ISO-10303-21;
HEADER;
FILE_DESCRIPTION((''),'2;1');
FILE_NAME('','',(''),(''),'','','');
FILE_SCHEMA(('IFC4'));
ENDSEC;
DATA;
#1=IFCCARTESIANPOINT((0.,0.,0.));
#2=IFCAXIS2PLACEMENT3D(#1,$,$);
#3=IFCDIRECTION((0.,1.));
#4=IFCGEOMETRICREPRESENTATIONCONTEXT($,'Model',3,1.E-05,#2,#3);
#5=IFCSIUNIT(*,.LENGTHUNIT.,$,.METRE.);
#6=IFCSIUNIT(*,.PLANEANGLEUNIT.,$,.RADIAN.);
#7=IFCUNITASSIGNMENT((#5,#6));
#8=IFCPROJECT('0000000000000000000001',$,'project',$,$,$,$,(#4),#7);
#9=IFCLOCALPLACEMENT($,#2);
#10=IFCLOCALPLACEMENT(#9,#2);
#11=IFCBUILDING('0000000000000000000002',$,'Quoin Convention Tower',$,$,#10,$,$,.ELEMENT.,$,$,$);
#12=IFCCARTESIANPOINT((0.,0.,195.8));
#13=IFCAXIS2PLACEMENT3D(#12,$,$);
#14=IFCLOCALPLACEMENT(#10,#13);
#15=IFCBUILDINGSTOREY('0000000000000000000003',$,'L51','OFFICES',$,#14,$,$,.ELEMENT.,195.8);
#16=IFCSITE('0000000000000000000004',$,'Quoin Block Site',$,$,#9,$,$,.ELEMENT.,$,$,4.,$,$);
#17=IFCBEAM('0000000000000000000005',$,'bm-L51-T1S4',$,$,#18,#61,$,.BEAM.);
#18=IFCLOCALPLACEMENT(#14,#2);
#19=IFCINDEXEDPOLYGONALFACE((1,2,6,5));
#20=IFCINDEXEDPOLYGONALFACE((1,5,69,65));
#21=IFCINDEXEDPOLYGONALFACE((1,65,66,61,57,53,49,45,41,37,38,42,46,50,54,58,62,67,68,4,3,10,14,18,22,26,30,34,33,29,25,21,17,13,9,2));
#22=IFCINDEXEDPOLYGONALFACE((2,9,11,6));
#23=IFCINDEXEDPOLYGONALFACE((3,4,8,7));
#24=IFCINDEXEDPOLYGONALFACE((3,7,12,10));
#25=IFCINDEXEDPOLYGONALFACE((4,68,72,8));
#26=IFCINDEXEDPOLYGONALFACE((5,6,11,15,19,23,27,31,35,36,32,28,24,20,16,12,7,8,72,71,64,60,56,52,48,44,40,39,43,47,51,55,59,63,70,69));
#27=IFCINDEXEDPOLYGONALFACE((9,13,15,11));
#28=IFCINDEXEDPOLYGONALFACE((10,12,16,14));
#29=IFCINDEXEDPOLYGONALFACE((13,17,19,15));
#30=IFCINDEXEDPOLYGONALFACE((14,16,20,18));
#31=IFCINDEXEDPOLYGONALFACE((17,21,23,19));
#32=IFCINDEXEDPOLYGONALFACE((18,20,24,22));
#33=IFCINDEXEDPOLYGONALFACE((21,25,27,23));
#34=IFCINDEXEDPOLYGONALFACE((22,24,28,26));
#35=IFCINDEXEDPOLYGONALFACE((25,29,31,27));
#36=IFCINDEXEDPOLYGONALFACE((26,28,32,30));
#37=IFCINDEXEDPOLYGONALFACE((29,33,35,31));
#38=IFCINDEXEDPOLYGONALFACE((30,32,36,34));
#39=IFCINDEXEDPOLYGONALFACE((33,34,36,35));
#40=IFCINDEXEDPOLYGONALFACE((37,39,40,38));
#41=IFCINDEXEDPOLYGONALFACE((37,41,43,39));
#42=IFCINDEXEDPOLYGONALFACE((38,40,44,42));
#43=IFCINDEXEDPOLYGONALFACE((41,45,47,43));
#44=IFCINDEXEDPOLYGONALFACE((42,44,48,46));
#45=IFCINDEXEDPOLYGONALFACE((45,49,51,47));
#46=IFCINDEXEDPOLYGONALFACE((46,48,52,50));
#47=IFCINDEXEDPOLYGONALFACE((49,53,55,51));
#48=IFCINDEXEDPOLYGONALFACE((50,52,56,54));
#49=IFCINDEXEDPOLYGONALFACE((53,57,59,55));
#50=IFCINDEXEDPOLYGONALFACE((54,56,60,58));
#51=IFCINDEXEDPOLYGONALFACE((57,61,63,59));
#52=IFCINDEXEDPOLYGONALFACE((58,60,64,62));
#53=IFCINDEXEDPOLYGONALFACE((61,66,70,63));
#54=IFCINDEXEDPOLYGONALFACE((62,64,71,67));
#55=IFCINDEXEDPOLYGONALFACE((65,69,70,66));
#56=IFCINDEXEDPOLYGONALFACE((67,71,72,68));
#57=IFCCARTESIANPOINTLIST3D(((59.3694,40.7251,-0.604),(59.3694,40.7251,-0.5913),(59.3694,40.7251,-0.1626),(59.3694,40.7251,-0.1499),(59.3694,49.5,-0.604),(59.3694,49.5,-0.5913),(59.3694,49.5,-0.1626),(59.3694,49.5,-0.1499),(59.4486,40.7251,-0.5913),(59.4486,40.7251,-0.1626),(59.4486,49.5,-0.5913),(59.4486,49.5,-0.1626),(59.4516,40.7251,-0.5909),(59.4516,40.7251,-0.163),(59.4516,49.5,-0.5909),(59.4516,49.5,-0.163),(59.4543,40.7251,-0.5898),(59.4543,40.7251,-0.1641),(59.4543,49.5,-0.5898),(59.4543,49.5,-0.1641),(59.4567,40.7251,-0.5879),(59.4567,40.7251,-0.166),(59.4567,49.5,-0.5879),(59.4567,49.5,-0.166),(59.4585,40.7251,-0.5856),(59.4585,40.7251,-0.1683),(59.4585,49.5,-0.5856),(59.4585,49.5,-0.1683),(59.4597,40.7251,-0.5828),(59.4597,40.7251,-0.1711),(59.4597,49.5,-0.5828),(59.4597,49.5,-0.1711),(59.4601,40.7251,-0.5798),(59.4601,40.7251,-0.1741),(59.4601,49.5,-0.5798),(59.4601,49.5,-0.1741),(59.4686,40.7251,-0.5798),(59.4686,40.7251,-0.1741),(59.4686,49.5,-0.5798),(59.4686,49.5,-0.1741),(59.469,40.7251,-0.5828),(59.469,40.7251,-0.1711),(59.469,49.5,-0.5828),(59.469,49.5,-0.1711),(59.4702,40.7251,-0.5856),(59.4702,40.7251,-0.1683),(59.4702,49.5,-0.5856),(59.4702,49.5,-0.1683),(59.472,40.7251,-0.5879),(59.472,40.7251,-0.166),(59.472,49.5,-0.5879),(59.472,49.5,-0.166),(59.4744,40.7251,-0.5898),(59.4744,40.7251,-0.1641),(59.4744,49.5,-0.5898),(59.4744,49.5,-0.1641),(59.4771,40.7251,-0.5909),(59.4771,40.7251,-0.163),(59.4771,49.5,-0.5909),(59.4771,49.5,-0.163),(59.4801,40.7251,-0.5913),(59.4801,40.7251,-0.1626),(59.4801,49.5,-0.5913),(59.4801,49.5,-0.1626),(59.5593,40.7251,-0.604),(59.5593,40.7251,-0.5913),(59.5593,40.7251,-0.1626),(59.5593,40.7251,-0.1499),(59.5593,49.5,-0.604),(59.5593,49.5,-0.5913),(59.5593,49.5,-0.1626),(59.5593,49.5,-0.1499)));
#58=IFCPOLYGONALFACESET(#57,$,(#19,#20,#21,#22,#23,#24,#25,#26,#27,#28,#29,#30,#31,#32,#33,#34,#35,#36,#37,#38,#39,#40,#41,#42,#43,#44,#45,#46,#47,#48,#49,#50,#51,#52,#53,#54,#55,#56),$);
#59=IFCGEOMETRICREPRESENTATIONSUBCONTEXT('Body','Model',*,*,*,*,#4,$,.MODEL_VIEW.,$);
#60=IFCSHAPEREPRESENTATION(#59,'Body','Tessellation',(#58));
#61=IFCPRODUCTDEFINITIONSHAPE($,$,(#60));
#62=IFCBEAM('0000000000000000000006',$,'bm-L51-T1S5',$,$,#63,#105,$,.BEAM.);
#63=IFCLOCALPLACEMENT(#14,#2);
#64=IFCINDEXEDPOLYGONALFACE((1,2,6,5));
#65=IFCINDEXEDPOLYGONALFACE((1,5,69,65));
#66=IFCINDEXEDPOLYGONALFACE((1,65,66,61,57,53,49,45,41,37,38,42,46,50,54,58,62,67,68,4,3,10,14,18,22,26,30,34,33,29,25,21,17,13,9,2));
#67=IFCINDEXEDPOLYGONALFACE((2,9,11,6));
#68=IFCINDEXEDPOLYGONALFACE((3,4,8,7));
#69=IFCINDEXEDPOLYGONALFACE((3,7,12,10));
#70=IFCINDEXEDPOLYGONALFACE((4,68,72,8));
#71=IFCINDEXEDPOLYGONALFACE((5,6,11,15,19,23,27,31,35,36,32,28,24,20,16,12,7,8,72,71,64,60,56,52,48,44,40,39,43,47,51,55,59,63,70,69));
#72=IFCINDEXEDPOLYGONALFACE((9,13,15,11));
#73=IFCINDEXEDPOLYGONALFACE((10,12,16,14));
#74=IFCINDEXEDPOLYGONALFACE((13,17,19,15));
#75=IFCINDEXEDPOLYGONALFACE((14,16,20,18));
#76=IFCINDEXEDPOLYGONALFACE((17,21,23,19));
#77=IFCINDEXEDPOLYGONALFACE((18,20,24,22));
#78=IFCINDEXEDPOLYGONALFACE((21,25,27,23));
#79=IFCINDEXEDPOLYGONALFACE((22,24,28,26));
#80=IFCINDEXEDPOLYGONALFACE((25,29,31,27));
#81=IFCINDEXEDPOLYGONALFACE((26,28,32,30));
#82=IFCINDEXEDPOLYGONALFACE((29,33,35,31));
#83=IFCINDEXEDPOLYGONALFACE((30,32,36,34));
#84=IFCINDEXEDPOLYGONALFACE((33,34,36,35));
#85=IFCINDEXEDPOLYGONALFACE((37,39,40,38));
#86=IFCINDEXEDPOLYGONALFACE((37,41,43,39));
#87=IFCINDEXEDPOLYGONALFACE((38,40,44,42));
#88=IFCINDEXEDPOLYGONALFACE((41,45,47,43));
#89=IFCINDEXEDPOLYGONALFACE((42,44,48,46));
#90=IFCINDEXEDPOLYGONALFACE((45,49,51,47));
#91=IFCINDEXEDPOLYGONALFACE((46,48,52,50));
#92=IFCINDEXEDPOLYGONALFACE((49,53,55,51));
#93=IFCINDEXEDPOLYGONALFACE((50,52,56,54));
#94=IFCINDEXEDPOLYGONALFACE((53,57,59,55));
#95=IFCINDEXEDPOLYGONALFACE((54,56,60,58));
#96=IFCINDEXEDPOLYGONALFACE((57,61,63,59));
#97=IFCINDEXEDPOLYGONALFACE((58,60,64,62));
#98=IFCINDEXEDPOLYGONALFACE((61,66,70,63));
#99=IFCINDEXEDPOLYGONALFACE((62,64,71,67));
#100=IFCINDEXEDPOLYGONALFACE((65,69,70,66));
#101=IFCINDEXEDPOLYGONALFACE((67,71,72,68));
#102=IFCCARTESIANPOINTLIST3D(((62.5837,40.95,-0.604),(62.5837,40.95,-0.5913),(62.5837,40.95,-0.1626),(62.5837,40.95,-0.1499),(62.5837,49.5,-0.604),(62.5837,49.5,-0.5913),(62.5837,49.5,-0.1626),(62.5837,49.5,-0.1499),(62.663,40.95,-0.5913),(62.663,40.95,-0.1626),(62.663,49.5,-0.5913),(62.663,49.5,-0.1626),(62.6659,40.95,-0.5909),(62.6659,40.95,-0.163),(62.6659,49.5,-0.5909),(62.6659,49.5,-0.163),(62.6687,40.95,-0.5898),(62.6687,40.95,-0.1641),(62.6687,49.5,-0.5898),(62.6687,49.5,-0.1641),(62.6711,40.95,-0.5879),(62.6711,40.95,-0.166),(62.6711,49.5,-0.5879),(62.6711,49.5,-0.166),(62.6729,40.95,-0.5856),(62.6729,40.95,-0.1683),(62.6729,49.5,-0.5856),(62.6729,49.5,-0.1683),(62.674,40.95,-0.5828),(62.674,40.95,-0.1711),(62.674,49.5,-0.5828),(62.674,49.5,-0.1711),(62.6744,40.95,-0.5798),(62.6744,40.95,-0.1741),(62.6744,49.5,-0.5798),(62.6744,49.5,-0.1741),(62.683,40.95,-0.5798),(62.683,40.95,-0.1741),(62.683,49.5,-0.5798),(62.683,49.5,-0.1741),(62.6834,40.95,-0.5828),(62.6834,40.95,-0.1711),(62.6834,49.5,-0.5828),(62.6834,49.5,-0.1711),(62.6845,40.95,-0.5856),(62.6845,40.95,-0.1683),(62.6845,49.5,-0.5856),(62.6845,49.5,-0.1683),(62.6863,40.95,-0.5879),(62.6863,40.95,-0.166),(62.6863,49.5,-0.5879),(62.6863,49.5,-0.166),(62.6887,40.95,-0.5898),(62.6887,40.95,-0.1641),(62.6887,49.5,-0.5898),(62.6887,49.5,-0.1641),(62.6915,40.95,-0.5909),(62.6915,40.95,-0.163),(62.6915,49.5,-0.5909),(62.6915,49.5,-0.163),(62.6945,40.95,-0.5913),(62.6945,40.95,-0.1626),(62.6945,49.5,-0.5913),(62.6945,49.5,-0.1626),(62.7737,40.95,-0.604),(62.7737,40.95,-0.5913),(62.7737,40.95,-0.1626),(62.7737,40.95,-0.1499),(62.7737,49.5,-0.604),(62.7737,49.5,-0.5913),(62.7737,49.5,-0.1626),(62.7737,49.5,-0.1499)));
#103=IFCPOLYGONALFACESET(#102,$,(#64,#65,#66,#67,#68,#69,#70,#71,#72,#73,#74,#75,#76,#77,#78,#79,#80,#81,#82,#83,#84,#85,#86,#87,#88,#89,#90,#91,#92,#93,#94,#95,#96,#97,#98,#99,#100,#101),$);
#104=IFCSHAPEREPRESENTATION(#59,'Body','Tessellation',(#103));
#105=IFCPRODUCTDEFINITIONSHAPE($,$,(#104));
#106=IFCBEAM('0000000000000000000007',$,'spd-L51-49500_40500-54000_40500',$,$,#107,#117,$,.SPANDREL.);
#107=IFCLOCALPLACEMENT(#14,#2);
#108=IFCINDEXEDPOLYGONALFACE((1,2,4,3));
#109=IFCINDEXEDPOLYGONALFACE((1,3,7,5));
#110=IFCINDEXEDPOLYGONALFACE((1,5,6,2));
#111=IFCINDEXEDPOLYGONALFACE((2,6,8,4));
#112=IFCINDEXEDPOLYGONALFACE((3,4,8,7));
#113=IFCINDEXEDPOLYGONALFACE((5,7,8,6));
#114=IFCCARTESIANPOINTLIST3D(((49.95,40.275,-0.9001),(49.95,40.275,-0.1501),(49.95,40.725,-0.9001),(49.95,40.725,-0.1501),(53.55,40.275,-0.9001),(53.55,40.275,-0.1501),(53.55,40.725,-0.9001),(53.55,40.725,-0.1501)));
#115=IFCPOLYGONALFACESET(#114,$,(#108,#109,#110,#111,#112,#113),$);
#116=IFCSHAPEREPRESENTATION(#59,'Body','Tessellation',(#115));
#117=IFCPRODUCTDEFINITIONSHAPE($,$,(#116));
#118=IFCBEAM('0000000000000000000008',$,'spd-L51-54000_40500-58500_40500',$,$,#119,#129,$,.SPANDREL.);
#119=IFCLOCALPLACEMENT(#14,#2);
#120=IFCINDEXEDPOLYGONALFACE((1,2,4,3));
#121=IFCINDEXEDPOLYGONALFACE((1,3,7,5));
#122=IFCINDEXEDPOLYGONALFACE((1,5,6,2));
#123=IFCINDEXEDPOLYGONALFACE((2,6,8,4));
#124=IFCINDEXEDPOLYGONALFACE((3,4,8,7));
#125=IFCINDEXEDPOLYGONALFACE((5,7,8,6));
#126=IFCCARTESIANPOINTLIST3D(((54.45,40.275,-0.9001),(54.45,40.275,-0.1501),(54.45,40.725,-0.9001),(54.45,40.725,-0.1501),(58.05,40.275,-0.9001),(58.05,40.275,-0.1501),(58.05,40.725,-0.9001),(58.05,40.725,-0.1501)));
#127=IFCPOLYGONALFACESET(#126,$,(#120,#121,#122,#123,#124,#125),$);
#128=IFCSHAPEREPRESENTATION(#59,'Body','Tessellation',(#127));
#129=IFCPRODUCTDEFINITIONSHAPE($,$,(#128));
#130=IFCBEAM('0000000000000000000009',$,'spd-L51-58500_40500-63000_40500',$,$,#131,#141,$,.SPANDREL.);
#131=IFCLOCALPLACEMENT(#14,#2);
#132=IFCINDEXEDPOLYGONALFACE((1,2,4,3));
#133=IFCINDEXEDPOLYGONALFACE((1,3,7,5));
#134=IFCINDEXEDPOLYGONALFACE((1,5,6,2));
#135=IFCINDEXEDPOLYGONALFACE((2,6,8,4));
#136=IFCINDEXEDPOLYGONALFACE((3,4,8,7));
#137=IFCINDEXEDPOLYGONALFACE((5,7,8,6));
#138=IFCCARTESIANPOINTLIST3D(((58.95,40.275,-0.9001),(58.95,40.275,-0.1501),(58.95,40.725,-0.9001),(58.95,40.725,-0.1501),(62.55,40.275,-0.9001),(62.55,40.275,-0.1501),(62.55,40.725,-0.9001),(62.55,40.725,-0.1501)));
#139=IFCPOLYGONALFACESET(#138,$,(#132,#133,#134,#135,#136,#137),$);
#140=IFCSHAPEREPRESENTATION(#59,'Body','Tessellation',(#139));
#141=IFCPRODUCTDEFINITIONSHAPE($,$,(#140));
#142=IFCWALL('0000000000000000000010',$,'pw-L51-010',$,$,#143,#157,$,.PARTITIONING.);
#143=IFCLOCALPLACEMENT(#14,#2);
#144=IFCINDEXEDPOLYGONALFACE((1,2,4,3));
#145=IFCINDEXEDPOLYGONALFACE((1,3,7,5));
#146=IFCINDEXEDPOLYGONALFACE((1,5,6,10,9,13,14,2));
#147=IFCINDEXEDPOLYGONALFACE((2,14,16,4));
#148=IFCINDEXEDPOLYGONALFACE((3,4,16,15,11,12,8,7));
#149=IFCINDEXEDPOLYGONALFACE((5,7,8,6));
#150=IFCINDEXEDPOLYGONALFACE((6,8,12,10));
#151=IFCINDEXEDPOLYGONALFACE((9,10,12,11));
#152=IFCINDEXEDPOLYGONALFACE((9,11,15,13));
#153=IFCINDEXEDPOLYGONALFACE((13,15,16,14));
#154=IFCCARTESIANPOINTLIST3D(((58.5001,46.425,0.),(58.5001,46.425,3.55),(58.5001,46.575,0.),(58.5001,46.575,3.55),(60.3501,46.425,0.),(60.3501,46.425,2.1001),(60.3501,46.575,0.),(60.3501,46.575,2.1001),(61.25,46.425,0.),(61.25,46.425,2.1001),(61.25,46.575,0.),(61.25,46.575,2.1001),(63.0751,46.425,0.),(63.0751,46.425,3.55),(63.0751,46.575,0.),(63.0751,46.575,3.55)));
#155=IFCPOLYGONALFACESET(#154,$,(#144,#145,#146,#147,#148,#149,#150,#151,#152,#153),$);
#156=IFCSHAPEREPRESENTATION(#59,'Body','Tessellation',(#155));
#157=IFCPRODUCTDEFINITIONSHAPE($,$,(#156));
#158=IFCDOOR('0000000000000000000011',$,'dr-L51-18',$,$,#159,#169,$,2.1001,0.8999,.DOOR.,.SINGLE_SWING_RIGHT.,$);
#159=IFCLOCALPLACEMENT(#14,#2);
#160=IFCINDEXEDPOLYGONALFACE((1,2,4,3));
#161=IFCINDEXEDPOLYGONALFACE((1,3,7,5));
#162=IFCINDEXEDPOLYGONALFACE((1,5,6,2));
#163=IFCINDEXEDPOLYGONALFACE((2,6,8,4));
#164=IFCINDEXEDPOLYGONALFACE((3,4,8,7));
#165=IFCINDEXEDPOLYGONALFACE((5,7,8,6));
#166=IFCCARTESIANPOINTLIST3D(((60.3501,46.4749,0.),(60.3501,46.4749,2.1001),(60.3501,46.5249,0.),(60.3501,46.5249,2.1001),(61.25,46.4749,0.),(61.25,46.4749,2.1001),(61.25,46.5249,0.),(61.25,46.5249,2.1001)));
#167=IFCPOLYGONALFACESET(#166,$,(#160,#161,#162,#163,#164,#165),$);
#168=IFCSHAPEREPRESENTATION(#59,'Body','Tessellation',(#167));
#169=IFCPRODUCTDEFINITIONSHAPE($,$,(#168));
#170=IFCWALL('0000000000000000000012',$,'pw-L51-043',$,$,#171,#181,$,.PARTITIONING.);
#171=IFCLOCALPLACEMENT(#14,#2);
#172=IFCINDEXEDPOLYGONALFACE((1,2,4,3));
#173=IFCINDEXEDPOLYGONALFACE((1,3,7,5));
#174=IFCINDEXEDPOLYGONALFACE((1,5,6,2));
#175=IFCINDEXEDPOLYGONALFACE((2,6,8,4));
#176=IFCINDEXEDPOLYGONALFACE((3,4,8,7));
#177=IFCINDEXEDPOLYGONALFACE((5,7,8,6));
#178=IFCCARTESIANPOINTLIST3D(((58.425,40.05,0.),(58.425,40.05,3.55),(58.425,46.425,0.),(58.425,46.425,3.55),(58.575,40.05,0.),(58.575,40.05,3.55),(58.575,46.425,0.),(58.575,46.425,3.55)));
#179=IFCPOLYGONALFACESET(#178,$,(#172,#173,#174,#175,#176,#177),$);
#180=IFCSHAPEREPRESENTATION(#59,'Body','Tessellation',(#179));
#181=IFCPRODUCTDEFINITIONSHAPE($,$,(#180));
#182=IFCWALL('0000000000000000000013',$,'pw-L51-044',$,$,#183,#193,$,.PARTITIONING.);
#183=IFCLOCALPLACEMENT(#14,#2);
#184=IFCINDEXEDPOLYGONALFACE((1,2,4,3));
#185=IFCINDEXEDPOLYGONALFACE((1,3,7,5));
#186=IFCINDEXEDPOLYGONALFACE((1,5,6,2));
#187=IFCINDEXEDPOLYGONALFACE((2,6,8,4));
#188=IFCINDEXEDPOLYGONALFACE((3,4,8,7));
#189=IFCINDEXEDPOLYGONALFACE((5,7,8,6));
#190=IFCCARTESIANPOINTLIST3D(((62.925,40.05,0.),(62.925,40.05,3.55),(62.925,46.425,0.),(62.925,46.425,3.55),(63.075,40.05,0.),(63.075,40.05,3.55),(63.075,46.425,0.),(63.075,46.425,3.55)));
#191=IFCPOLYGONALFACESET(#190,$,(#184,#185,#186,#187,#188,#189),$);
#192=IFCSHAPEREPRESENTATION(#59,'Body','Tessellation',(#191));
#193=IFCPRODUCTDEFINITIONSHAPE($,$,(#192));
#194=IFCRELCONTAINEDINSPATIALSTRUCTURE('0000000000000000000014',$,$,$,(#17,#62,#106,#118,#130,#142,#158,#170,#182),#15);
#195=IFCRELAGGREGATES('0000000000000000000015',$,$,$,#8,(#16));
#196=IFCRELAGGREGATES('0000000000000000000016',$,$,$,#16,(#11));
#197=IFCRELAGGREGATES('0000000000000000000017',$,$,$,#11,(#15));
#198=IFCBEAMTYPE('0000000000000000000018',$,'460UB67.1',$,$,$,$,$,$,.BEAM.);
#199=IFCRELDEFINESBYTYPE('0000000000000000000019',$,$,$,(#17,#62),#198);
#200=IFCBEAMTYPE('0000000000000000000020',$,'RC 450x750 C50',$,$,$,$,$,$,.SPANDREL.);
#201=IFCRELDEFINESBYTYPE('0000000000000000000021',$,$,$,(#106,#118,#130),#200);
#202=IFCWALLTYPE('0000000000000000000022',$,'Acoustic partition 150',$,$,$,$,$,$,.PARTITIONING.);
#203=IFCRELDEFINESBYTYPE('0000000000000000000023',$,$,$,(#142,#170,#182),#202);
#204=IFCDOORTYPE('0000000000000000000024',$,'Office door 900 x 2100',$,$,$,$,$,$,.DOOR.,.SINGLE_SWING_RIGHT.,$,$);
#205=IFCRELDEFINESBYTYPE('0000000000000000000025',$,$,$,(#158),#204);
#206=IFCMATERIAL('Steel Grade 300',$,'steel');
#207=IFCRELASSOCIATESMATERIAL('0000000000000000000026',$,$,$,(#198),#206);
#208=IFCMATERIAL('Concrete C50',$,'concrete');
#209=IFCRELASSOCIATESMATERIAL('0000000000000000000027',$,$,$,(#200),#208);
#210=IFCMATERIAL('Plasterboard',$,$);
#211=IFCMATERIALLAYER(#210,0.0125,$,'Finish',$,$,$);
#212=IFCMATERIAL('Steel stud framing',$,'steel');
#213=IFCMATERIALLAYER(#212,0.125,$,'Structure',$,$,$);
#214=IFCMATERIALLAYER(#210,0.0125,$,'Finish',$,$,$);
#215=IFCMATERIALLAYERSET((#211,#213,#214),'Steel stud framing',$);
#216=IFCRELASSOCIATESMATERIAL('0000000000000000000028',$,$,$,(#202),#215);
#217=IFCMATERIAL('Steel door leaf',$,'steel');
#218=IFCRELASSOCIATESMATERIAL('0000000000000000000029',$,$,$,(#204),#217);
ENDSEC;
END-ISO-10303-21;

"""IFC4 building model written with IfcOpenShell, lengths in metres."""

from ifc_helpers import new_model, si_unit, direction, frame, frame_2d, origin, origin_2d, place, context, subcontext, project, spatial, rectangle, i_section, extrude, material, layer, layer_set, material_profile, profile_set, type_object, element, fill, save


model = new_model("IFC4")

# Units and contexts
model_context = context("Model", 3, precision=1e-05, world=origin(), true_north=direction((0.0, 1.0)))
body_context = subcontext(model_context, "Body", "Model", "MODEL_VIEW")
ifc_project = project(units=[si_unit("LENGTHUNIT", "METRE"), si_unit("PLANEANGLEUNIT", "RADIAN")], contexts=[model_context])

# Site, building, storey
site_placement = place(None, origin())
site = spatial("IfcSite", under=ifc_project, at=site_placement, Name="Quoin Block Site", CompositionType="ELEMENT", RefElevation=4.0)
building_placement = place(site_placement, origin())
building = spatial("IfcBuilding", under=site, at=building_placement, Name="Quoin Convention Tower", CompositionType="ELEMENT")
storey_placement = place(building_placement, frame((0.0, 0.0, 195.8)))
storey = spatial("IfcBuildingStorey", under=building, at=storey_placement, Name="L51", Description="OFFICES", CompositionType="ELEMENT", Elevation=195.8)

# Shared definitions
ifc_material_1 = material(Name="Concrete C50", Category="concrete")

# Beams
ifc_material_2 = material(Name="Steel Grade 300", Category="steel")
ifc_material_profile_1 = material_profile(ifc_material_2, i_section(OverallWidth=0.1899, OverallDepth=0.4541, WebThickness=0.0085, FlangeThickness=0.0127, FilletRadius=0.0115, at=origin_2d()), Name="460UB67.1")
ifc_profile_set_1 = profile_set([ifc_material_profile_1], Name="Steel Grade 300")
beam_type_1 = type_object("IfcBeamType", Name="460UB67.1", PredefinedType="BEAM", material=ifc_profile_set_1)
for number, where, z_axis, x_axis, name in (
    (1, (59.4644, 40.7251, -0.377), (0.0, 1.0, 0.0), (-1.0, 0.0, 0.0), "bm-L51-T1S4"),
):
    element("IfcBeam", number, at=place(storey_placement, frame(where, z_axis=z_axis, x_axis=x_axis)), inside=storey, type_object=beam_type_1, Name=name, PredefinedType="BEAM", context=body_context, shape_type="SweptSolid", body=[
        extrude(i_section(OverallWidth=0.1899, OverallDepth=0.4541, WebThickness=0.0085, FlangeThickness=0.0127, FilletRadius=0.0115, at=origin_2d()), origin(), (0.0, 0.0, 1.0), 8.7749),
    ])
beam_1_placement = place(storey_placement, frame((62.6787, 40.95, -0.377), z_axis=(0.0, 1.0, 0.0), x_axis=(-1.0, 0.0, 0.0)))
element("IfcBeam", 2, at=beam_1_placement, inside=storey, type_object=beam_type_1, Name="bm-L51-T1S5", PredefinedType="BEAM", context=body_context, shape_type="SweptSolid", body=[
    extrude(i_section(OverallWidth=0.1899, OverallDepth=0.4541, WebThickness=0.0085, FlangeThickness=0.0127, FilletRadius=0.0115, at=origin_2d()), origin(), (0.0, 0.0, 1.0), 8.55),
])
ifc_material_profile_2 = material_profile(ifc_material_1, rectangle(XDim=0.45, YDim=0.75, at=origin_2d()), Name="RC 450x750")
ifc_profile_set_2 = profile_set([ifc_material_profile_2], Name="Concrete C50")
beam_type_2 = type_object("IfcBeamType", Name="RC 450x750 C50", PredefinedType="SPANDREL", material=ifc_profile_set_2)
for number, where, z_axis, x_axis, name in (
    (3, (49.95, 40.5, -0.5251), (1.0, 0.0, 0.0), (0.0, 1.0, 0.0), "spd-L51-49500_40500-54000_40500"),
    (4, (54.45, 40.5, -0.5251), (1.0, 0.0, 0.0), (0.0, 1.0, 0.0), "spd-L51-54000_40500-58500_40500"),
    (5, (58.95, 40.5, -0.5251), (1.0, 0.0, 0.0), (0.0, 1.0, 0.0), "spd-L51-58500_40500-63000_40500"),
):
    element("IfcBeam", number, at=place(storey_placement, frame(where, z_axis=z_axis, x_axis=x_axis)), inside=storey, type_object=beam_type_2, Name=name, PredefinedType="SPANDREL", context=body_context, shape_type="SweptSolid", body=[
        extrude(rectangle(XDim=0.45, YDim=0.75, at=origin_2d()), origin(), (0.0, 0.0, 1.0), 3.6001),
    ])

# Wall, opening, door
ifc_material_3 = material(Name="Plasterboard")
ifc_layer_1 = layer(ifc_material_3, 0.0125, Name="Finish")
ifc_material_4 = material(Name="Steel stud framing", Category="steel")
ifc_layer_2 = layer(ifc_material_4, 0.125, Name="Structure")
ifc_layer_3 = layer(ifc_material_3, 0.0125, Name="Finish")
ifc_layer_set_1 = layer_set([ifc_layer_1, ifc_layer_2, ifc_layer_3], Name="Steel stud framing")
wall_type_1 = type_object("IfcWallType", Name="Acoustic partition 150", PredefinedType="PARTITIONING", material=ifc_layer_set_1)
wall_1_placement = place(storey_placement, frame((58.5, 46.5, 0.0), z_axis=(0.0, 0.0, 1.0), x_axis=(1.0, 0.0, 0.0)))
wall_1 = element("IfcWall", 6, at=wall_1_placement, inside=storey, type_object=wall_type_1, Name="pw-L51-010", PredefinedType="PARTITIONING", context=body_context, shape_type="SweptSolid", body=[
    extrude(rectangle(XDim=4.575, YDim=0.1499, at=frame_2d((2.2876, 0.0))), origin(), (0.0, 0.0, 1.0), 3.55),
])
opening_1_placement = place(wall_1_placement, frame((1.8501, 0.0, 0.0)))
opening_1 = element("IfcOpeningElement", 7, at=opening_1_placement, cuts=wall_1, PredefinedType="OPENING", context=body_context, shape_type="SweptSolid", body=[
    extrude(rectangle(XDim=0.8999, YDim=2.1001, at=frame_2d((0.45, 1.05))), frame((0.0, 0.085, 0.0), z_axis=(0.0, -1.0, 0.0), x_axis=(1.0, 0.0, 0.0)), (0.0, 0.0, 1.0), 0.1699),
])
ifc_material_5 = material(Name="Steel door leaf", Category="steel")
door_type = type_object("IfcDoorType", Name="Office door 900 x 2100", OperationType="SINGLE_SWING_RIGHT", PredefinedType="DOOR", material=ifc_material_5)
door_1_placement = place(opening_1_placement, origin())
door_1 = element("IfcDoor", 8, at=door_1_placement, inside=storey, type_object=door_type, Name="dr-L51-18", OperationType="SINGLE_SWING_RIGHT", OverallHeight=2.1001, OverallWidth=0.8999, PredefinedType="DOOR", context=body_context, shape_type="SweptSolid", body=[
    extrude(rectangle(XDim=0.8999, YDim=2.1001, at=frame_2d((0.45, 1.05))), frame((0.0, 0.0249, 0.0), z_axis=(0.0, -1.0, 0.0), x_axis=(1.0, 0.0, 0.0)), (0.0, 0.0, 1.0), 0.05),
])
fill(opening_1, door_1)

# Walls
for number, where, z_axis, x_axis, name in (
    (9, (58.5, 40.05, 0.0), (0.0, 0.0, 1.0), (0.0, 1.0, 0.0), "pw-L51-043"),
    (10, (63.0, 40.05, 0.0), (0.0, 0.0, 1.0), (0.0, 1.0, 0.0), "pw-L51-044"),
):
    element("IfcWall", number, at=place(storey_placement, frame(where, z_axis=z_axis, x_axis=x_axis)), inside=storey, type_object=wall_type_1, Name=name, PredefinedType="PARTITIONING", context=body_context, shape_type="SweptSolid", body=[
        extrude(rectangle(XDim=6.375, YDim=0.1499, at=frame_2d((3.1875, 0.0))), origin(), (0.0, 0.0, 1.0), 3.55),
    ])

save(model, "model.ifc")
